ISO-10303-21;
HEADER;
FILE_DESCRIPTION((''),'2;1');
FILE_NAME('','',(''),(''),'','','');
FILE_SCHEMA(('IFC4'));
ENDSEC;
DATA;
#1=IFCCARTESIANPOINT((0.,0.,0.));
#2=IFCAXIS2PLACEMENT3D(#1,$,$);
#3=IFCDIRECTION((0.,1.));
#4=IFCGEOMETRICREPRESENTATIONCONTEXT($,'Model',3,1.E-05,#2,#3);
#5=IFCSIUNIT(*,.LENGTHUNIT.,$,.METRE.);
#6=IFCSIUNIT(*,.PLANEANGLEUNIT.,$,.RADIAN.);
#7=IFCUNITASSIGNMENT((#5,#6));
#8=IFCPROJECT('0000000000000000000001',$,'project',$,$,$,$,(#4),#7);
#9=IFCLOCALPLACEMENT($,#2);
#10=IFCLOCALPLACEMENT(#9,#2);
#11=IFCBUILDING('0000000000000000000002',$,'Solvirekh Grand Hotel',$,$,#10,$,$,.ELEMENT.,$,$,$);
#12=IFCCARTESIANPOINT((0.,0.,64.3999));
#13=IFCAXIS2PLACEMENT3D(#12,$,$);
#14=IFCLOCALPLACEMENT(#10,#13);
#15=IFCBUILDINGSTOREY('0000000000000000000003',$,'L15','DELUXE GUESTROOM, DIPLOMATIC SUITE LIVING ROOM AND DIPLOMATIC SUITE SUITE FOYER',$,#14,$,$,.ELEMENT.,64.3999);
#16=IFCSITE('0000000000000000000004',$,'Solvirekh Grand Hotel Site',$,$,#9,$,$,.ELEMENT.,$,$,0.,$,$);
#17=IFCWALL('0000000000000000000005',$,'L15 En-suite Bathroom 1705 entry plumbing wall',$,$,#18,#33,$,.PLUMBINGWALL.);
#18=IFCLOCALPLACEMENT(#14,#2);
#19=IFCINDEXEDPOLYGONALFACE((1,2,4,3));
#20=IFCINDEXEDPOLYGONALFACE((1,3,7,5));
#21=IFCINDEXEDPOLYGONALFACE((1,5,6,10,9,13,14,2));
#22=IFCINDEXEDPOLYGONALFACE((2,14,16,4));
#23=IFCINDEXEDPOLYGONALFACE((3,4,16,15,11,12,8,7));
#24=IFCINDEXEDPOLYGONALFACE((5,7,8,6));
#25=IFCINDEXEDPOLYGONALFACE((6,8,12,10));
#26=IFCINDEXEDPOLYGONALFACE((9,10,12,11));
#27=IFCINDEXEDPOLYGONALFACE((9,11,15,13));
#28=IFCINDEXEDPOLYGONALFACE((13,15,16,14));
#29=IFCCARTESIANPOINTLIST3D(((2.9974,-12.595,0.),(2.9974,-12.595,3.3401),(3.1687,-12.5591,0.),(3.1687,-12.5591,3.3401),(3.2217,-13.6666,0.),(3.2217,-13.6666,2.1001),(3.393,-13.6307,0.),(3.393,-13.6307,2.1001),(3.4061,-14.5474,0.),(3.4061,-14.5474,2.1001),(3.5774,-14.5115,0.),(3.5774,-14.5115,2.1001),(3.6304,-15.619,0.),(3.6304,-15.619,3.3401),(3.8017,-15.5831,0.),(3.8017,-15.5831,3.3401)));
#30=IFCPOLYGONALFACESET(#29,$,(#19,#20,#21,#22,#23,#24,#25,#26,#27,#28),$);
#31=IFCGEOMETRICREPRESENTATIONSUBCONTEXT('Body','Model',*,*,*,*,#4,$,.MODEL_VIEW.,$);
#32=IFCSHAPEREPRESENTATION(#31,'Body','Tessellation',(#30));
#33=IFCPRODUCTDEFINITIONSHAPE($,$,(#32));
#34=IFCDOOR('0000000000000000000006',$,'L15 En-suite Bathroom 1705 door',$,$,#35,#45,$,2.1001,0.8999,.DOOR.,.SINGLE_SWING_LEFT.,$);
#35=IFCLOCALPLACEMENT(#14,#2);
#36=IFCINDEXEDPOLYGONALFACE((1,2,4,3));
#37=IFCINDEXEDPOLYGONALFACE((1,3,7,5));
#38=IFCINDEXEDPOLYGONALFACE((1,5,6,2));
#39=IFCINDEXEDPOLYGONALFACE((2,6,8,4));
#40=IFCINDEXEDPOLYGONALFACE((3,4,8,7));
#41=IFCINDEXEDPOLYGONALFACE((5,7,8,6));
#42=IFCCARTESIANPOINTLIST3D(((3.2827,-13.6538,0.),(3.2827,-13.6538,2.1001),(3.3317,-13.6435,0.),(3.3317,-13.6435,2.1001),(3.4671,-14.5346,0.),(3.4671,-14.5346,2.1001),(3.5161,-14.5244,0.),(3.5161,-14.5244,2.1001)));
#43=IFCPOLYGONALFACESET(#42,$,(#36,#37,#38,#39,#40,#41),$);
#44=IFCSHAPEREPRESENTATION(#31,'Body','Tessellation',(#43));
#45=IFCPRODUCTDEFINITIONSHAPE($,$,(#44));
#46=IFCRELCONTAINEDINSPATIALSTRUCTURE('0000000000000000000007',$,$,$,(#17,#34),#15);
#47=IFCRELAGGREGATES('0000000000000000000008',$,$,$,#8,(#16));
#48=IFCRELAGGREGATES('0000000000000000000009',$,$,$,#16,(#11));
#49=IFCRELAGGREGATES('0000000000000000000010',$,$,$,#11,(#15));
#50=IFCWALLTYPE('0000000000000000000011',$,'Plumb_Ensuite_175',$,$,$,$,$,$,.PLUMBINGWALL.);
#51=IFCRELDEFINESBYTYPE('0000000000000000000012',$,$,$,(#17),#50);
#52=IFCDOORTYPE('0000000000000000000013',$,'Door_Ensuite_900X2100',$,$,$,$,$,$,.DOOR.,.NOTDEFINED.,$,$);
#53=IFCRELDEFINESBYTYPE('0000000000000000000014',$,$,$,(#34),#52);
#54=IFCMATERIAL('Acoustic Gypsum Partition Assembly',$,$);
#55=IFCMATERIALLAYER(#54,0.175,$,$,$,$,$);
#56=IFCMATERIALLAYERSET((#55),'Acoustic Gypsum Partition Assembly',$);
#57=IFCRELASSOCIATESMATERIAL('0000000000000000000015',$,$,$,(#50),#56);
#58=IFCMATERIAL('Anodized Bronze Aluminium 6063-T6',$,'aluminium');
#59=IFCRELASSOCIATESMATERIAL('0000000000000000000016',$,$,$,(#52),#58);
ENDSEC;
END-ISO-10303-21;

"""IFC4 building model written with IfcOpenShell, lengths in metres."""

from ifc_helpers import new_model, si_unit, direction, frame, frame_2d, origin, place, context, subcontext, project, spatial, rectangle, extrude, material, layer, layer_set, type_object, element, fill, save


model = new_model("IFC4")

# Units and contexts
model_context = context("Model", 3, precision=1e-05, world=origin(), true_north=direction((0.0, 1.0)))
body_context = subcontext(model_context, "Body", "Model", "MODEL_VIEW")
ifc_project = project(units=[si_unit("LENGTHUNIT", "METRE"), si_unit("PLANEANGLEUNIT", "RADIAN")], contexts=[model_context])

# Site, building, storey
site_placement = place(None, origin())
site = spatial("IfcSite", under=ifc_project, at=site_placement, Name="Solvirekh Grand Hotel Site", CompositionType="ELEMENT", RefElevation=0.0)
building_placement = place(site_placement, origin())
building = spatial("IfcBuilding", under=site, at=building_placement, Name="Solvirekh Grand Hotel", CompositionType="ELEMENT")
storey_placement = place(building_placement, frame((0.0, 0.0, 64.3999)))
storey = spatial("IfcBuildingStorey", under=building, at=storey_placement, Name="L15", Description="DELUXE GUESTROOM, DIPLOMATIC SUITE LIVING ROOM AND DIPLOMATIC SUITE SUITE FOYER", CompositionType="ELEMENT", Elevation=64.3999)

# Shared definitions
ifc_material_1 = material(Name="Anodized Bronze Aluminium 6063-T6", Category="aluminium")

# Shared definitions
ifc_material_2 = material(Name="Acoustic Gypsum Partition Assembly")

# Shared definitions
ifc_layer_1 = layer(ifc_material_2, 0.175)
ifc_layer_set_1 = layer_set([ifc_layer_1], Name="Acoustic Gypsum Partition Assembly")
wall_type_1 = type_object("IfcWallType", Name="Plumb_Ensuite_175", PredefinedType="PLUMBINGWALL", material=ifc_layer_set_1)

# Wall, opening, door
wall_1_placement = place(storey_placement, frame((3.083, -12.5769, 0.0), z_axis=(0.0, 0.0, 1.0), x_axis=(0.204891, -0.978785, 0.0)))
wall_1 = element("IfcWall", 1, at=wall_1_placement, inside=storey, type_object=wall_type_1, Name="L15 En-suite Bathroom 1705 entry plumbing wall", PredefinedType="PLUMBINGWALL", context=body_context, shape_type="SweptSolid", body=[
    extrude(rectangle(XDim=3.0896, YDim=0.175, at=frame_2d((1.5449, 0.0))), origin(), (0.0, 0.0, 1.0), 3.3401),
])
opening_1_placement = place(wall_1_placement, frame((1.095, 0.0, 0.0)))
opening_1 = element("IfcOpeningElement", 2, at=opening_1_placement, cuts=wall_1, PredefinedType="OPENING", context=body_context, shape_type="SweptSolid", body=[
    extrude(rectangle(XDim=0.8999, YDim=2.1001, at=frame_2d((0.45, 1.05))), frame((0.0, 0.0977, 0.0), z_axis=(0.0, -1.0, 0.0), x_axis=(1.0, 0.0, 0.0)), (0.0, 0.0, 1.0), 0.1951),
])
door_type_1 = type_object("IfcDoorType", Name="Door_Ensuite_900X2100", OperationType="NOTDEFINED", PredefinedType="DOOR", material=ifc_material_1)
door_1_placement = place(opening_1_placement, origin())
door_1 = element("IfcDoor", 3, at=door_1_placement, inside=storey, type_object=door_type_1, Name="L15 En-suite Bathroom 1705 door", OperationType="SINGLE_SWING_LEFT", OverallHeight=2.1001, OverallWidth=0.8999, PredefinedType="DOOR", context=body_context, shape_type="SweptSolid", body=[
    extrude(rectangle(XDim=0.8999, YDim=2.1001, at=frame_2d((0.45, 1.05))), frame((0.0, 0.0249, 0.0), z_axis=(0.0, -1.0, 0.0), x_axis=(1.0, 0.0, 0.0)), (0.0, 0.0, 1.0), 0.05),
])
fill(opening_1, door_1)

save(model, "model.ifc")
